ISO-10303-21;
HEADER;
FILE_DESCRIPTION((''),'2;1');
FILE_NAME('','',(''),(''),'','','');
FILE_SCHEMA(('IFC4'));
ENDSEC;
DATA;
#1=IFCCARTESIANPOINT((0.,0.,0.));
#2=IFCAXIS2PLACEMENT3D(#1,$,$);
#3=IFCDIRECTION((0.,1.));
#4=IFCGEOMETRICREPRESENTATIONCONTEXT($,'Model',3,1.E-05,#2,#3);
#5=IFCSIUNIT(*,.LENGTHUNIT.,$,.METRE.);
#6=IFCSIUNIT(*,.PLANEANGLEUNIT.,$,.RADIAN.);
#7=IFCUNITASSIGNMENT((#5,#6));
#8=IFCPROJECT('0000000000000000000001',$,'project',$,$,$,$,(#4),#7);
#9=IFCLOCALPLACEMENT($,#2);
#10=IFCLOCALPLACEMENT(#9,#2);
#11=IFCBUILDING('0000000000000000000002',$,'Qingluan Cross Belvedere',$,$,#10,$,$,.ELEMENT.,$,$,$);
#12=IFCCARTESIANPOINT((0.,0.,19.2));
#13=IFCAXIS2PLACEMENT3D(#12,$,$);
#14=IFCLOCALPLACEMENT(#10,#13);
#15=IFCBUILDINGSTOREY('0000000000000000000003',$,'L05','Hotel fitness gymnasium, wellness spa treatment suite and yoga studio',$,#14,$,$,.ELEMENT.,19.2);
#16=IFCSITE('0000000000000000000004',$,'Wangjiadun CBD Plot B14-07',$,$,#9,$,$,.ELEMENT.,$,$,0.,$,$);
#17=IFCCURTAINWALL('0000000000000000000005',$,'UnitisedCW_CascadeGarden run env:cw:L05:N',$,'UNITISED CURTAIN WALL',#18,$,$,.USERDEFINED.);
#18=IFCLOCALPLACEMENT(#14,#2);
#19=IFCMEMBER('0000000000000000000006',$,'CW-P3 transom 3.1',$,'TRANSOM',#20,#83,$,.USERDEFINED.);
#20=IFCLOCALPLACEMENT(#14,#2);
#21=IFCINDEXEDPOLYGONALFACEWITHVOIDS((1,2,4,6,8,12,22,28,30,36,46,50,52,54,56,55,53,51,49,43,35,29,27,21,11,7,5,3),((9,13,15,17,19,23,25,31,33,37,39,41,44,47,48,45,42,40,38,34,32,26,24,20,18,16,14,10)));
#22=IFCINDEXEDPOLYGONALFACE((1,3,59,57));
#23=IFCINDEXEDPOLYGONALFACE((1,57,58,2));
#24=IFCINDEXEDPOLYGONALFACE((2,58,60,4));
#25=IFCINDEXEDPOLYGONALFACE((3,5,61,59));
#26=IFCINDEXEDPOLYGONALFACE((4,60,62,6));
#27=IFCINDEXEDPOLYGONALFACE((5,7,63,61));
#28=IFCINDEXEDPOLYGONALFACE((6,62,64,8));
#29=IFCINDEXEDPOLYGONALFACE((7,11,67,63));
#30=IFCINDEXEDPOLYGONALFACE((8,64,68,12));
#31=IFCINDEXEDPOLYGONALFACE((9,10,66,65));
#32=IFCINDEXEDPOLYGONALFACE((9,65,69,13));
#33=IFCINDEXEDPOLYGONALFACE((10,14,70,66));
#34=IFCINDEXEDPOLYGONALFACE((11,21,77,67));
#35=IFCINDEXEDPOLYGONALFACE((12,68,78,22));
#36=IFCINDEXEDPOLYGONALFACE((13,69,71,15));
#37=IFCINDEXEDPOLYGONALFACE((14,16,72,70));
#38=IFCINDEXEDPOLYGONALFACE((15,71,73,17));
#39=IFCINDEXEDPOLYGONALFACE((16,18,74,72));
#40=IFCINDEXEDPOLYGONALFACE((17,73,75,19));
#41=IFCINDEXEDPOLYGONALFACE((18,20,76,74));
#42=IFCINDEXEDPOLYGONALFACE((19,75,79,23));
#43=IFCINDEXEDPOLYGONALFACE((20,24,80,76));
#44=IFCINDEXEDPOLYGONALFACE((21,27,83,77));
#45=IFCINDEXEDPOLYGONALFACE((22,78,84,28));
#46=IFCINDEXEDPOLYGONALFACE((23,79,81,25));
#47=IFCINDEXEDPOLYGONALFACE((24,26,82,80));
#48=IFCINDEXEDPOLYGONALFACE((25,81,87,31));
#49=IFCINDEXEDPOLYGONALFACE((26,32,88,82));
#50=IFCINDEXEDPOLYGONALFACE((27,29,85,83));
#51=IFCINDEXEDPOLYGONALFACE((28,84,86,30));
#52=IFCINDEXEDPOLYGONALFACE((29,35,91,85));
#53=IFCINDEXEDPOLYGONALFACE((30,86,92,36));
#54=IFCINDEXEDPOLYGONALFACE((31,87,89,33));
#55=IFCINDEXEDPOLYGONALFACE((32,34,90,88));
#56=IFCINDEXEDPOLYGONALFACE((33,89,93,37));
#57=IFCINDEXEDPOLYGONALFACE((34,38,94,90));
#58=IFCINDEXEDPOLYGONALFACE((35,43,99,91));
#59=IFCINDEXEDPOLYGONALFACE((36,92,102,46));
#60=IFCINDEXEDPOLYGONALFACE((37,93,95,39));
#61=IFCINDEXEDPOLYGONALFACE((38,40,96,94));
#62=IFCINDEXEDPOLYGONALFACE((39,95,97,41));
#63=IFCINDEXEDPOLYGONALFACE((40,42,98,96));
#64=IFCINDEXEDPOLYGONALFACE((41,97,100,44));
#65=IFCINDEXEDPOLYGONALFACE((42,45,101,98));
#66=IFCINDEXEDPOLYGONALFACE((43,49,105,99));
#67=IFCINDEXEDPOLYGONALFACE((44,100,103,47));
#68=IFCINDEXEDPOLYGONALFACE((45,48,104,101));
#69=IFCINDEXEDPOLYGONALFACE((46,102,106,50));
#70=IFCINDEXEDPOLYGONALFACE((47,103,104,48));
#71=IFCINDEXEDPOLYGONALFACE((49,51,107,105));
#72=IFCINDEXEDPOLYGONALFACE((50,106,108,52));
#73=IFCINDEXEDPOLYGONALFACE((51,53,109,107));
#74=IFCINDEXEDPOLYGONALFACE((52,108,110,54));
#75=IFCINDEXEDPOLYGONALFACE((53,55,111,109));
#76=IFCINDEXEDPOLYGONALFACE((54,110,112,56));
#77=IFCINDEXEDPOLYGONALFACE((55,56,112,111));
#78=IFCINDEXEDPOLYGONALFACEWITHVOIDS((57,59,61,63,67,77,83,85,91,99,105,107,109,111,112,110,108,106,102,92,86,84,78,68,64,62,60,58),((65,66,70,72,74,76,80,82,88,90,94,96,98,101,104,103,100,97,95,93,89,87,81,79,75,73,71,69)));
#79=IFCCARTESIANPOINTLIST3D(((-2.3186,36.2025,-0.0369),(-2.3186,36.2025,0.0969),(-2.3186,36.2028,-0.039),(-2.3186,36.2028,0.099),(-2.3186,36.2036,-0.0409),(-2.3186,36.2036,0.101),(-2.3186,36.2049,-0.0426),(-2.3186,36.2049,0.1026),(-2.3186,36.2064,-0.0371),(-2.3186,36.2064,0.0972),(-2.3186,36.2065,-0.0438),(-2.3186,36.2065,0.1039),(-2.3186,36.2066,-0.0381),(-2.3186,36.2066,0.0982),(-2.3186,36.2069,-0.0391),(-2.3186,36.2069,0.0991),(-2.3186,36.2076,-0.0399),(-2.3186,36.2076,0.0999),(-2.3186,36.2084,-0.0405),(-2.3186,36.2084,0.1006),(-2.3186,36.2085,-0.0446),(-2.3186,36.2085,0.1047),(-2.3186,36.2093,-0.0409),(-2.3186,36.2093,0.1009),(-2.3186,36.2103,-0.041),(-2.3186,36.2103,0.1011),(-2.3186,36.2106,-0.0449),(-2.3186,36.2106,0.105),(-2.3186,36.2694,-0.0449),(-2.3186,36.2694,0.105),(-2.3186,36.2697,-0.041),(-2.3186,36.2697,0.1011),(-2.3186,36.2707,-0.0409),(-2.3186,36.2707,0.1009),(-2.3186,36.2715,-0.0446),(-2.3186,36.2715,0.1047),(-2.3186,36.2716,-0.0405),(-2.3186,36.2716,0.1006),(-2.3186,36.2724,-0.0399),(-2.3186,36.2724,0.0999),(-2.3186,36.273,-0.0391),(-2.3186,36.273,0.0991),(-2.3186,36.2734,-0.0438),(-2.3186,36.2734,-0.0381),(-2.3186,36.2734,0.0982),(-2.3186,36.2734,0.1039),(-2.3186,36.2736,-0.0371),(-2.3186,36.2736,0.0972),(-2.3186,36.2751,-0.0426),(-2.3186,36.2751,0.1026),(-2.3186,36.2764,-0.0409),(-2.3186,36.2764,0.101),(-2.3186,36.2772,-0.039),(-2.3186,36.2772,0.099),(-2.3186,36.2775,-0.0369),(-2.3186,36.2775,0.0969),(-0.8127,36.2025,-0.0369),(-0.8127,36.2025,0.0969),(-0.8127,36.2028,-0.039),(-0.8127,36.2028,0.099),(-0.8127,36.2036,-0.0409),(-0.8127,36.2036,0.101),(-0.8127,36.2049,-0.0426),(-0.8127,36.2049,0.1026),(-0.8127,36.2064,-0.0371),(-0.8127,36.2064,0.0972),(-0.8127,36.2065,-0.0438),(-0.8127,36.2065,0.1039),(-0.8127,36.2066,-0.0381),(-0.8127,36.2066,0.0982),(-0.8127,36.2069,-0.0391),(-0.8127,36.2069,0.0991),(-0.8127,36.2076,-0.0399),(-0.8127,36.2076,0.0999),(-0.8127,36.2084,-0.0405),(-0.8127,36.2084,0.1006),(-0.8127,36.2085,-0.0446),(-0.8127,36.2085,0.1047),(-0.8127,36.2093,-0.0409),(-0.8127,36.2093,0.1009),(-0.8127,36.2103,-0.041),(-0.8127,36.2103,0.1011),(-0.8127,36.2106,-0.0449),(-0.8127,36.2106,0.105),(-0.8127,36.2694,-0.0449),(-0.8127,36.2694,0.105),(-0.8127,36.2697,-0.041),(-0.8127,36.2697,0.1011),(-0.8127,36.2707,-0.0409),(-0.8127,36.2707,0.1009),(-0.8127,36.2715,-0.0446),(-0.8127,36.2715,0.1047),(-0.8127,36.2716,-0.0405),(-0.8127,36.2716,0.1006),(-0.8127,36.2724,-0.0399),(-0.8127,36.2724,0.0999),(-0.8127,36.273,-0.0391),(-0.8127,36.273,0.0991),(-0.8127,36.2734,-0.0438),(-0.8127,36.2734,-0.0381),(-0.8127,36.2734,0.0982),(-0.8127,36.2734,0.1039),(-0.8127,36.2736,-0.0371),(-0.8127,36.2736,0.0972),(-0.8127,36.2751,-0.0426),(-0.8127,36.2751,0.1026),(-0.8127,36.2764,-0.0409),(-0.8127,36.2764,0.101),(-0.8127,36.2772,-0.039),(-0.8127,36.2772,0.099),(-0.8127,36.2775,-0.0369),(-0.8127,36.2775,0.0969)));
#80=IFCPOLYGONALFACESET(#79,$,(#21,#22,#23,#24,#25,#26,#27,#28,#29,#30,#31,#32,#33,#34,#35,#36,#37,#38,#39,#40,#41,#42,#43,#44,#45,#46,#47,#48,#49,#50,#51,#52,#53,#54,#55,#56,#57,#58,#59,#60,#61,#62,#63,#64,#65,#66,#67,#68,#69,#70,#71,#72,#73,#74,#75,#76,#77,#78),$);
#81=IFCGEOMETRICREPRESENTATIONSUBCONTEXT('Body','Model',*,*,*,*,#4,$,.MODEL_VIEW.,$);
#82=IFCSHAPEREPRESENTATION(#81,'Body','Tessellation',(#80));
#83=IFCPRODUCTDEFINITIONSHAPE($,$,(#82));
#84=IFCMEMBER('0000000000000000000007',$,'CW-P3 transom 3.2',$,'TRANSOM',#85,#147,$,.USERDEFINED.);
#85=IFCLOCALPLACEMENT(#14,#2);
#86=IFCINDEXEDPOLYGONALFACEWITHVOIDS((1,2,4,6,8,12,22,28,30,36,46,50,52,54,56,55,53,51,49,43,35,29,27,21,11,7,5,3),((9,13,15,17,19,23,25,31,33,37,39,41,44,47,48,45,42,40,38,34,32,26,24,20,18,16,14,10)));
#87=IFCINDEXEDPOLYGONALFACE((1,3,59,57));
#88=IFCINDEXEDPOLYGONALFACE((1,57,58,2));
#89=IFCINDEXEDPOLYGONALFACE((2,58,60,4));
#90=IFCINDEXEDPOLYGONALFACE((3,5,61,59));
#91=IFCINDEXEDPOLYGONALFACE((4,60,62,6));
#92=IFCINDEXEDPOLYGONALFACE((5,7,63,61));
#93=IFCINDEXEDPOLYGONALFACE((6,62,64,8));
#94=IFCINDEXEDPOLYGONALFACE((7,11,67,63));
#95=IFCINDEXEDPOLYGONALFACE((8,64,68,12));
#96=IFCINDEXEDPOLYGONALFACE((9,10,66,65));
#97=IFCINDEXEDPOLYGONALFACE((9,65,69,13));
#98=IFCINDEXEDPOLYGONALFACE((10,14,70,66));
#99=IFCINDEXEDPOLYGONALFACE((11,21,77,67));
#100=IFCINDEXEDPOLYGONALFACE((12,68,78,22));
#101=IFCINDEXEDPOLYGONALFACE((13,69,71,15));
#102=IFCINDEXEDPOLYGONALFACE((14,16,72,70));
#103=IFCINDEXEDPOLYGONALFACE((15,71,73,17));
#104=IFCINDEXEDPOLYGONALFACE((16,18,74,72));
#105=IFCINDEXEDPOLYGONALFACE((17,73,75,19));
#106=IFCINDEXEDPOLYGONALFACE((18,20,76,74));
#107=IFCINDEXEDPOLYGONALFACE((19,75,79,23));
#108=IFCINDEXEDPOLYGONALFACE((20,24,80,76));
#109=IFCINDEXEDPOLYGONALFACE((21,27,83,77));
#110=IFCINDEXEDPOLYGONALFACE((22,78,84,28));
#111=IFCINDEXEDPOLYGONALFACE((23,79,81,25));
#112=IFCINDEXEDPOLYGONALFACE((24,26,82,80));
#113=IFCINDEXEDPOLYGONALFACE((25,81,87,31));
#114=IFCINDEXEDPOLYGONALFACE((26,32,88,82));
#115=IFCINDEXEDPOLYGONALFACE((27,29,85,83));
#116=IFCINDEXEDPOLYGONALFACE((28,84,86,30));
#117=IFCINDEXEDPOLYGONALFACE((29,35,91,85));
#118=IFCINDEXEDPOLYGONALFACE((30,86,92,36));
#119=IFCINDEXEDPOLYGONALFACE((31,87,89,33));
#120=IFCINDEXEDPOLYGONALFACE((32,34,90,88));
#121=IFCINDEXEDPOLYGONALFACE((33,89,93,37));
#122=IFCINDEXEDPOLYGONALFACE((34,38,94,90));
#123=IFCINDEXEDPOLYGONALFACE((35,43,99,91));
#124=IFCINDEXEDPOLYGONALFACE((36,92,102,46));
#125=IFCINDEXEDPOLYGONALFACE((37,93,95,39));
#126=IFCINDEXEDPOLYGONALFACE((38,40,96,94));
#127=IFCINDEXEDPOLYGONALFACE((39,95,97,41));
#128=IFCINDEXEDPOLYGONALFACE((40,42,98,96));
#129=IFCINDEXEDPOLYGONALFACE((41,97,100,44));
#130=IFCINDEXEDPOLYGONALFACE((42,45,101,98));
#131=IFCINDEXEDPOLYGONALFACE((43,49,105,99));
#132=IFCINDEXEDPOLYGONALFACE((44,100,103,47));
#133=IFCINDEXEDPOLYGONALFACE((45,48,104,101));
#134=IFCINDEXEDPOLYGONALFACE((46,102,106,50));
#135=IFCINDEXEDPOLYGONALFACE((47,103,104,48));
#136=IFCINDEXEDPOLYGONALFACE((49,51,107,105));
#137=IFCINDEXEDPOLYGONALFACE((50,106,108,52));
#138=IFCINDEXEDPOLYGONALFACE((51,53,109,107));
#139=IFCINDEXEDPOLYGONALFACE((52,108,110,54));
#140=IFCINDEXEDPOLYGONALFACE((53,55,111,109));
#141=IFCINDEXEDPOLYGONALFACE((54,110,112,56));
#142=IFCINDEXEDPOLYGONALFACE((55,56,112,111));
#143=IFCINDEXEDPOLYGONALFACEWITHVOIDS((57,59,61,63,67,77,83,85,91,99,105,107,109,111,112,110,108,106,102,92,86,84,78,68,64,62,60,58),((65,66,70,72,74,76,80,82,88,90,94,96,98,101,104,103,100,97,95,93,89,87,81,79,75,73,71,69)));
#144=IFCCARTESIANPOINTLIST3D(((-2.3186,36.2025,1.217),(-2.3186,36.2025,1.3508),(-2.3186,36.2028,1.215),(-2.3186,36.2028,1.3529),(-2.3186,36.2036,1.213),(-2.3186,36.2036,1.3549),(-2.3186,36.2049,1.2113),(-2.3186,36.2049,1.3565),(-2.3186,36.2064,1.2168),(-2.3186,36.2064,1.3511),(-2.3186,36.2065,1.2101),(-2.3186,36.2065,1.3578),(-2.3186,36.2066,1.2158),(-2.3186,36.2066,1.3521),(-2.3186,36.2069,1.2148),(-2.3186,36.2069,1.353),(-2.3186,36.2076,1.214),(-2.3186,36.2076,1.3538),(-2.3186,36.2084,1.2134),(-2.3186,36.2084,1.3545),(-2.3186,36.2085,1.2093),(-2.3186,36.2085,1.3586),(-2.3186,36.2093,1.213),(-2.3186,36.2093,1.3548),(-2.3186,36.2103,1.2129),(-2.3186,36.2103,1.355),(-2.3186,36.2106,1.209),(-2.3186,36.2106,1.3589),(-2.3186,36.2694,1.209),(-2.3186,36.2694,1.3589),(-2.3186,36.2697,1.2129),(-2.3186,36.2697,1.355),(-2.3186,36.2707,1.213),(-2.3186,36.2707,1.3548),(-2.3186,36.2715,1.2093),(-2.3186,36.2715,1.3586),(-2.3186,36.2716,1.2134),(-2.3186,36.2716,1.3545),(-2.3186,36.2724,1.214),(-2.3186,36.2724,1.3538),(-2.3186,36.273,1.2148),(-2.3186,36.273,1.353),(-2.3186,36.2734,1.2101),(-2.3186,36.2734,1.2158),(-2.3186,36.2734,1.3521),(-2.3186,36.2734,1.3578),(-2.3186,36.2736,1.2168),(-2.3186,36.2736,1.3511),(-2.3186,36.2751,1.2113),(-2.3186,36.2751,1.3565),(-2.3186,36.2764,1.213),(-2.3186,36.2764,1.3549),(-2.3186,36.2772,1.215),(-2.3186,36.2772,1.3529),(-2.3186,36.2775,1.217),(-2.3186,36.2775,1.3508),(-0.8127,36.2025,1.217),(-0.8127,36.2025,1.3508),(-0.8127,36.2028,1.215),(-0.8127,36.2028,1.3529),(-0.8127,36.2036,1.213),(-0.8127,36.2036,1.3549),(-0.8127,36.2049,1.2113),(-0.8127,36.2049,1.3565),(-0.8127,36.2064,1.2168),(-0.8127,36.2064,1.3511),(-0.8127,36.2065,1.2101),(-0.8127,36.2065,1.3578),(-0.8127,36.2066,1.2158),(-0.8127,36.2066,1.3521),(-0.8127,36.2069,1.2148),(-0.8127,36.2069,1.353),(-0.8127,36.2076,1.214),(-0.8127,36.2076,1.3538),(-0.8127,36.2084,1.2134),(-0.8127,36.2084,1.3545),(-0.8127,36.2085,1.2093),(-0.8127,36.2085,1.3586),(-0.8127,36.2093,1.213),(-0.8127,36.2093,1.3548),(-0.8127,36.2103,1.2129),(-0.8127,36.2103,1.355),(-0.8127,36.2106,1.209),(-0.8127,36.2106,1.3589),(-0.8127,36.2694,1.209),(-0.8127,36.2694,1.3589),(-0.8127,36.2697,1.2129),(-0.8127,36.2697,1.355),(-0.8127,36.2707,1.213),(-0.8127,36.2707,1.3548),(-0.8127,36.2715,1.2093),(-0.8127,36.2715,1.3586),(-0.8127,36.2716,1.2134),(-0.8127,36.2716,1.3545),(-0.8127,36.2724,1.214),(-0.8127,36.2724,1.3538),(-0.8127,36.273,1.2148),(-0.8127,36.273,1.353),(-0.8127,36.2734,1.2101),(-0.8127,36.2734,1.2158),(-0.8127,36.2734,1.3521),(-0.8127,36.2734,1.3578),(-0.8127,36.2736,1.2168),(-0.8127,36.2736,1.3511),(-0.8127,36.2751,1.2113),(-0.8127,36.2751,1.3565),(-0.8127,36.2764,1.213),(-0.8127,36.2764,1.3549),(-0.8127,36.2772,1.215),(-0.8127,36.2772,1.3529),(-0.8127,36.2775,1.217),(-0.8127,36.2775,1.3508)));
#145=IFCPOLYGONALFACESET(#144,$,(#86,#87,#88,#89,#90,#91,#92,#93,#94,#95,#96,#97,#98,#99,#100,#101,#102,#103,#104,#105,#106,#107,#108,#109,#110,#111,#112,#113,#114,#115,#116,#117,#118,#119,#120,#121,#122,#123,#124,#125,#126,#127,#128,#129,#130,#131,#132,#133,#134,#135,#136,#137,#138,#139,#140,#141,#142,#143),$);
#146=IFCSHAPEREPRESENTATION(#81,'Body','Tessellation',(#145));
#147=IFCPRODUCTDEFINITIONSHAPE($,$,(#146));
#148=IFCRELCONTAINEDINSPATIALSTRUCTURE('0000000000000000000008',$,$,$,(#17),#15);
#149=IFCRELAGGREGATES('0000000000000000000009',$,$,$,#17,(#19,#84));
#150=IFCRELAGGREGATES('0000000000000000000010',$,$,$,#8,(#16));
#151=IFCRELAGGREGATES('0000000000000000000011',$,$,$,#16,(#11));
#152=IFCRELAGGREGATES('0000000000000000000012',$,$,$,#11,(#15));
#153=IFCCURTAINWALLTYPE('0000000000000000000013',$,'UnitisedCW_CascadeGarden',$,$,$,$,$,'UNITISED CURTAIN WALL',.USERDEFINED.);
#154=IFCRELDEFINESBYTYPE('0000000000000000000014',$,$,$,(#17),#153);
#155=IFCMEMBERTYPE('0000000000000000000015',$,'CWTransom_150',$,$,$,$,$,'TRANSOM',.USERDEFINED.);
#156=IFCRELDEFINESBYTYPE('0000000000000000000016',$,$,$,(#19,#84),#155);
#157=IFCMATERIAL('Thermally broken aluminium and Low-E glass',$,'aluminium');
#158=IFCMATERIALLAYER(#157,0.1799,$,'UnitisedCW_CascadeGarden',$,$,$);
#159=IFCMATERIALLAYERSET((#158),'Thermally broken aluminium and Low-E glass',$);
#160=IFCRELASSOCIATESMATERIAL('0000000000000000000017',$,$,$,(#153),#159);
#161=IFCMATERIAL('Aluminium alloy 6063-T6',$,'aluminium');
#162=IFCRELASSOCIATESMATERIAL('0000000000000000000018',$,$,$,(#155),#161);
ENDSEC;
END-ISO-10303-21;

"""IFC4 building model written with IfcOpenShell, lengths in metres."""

from ifc_helpers import new_model, si_unit, direction, frame, origin, origin_2d, place, context, subcontext, project, spatial, hollow_rectangle, extrude, material, layer, layer_set, material_profile, profile_set, type_object, element, aggregate, save


model = new_model("IFC4")

# Units and contexts
model_context = context("Model", 3, precision=1e-05, world=origin(), true_north=direction((0.0, 1.0)))
body_context = subcontext(model_context, "Body", "Model", "MODEL_VIEW")
ifc_project = project(units=[si_unit("LENGTHUNIT", "METRE"), si_unit("PLANEANGLEUNIT", "RADIAN")], contexts=[model_context])

# Site, building, storey
site_placement = place(None, origin())
site = spatial("IfcSite", under=ifc_project, at=site_placement, Name="Wangjiadun CBD Plot B14-07", CompositionType="ELEMENT", RefElevation=0.0)
building_placement = place(site_placement, origin())
building = spatial("IfcBuilding", under=site, at=building_placement, Name="Qingluan Cross Belvedere", CompositionType="ELEMENT")
storey_placement = place(building_placement, frame((0.0, 0.0, 19.2)))
storey = spatial("IfcBuildingStorey", under=building, at=storey_placement, Name="L05", Description="Hotel fitness gymnasium, wellness spa treatment suite and yoga studio", CompositionType="ELEMENT", Elevation=19.2)

# Curtain wall, members
ifc_material_1 = material(Name="Thermally broken aluminium and Low-E glass", Category="aluminium")
ifc_layer_1 = layer(ifc_material_1, 0.1799, Name="UnitisedCW_CascadeGarden")
ifc_layer_set_1 = layer_set([ifc_layer_1], Name="Thermally broken aluminium and Low-E glass")
curtain_wall_type = type_object("IfcCurtainWallType", Name="UnitisedCW_CascadeGarden", ElementType="UNITISED CURTAIN WALL", PredefinedType="USERDEFINED", material=ifc_layer_set_1)
curtain_wall_placement = place(storey_placement, origin())
curtain_wall = element("IfcCurtainWall", 1, at=curtain_wall_placement, inside=storey, type_object=curtain_wall_type, Name="UnitisedCW_CascadeGarden run env:cw:L05:N", ObjectType="UNITISED CURTAIN WALL", PredefinedType="USERDEFINED")
ifc_material_2 = material(Name="Aluminium alloy 6063-T6", Category="aluminium")
ifc_material_profile_1 = material_profile(ifc_material_2, hollow_rectangle(XDim=0.075, YDim=0.1499, WallThickness=0.0039, InnerFilletRadius=0.0039, OuterFilletRadius=0.0081, at=origin_2d()), Name="CWT150x75x4")
ifc_profile_set_1 = profile_set([ifc_material_profile_1], Name="Aluminium alloy 6063-T6")
member_type_1 = type_object("IfcMemberType", Name="CWTransom_150", ElementType="TRANSOM", PredefinedType="USERDEFINED", material=ifc_profile_set_1)
member_1_placement = place(storey_placement, frame((-2.3186, 36.24, 0.03), z_axis=(1.0, 0.0, 0.0), x_axis=(0.0, 1.0, 0.0)))
member_1 = element("IfcMember", 2, at=member_1_placement, type_object=member_type_1, Name="CW-P3 transom 3.1", ObjectType="TRANSOM", PredefinedType="USERDEFINED", context=body_context, shape_type="SweptSolid", body=[
    extrude(hollow_rectangle(XDim=0.075, YDim=0.1499, WallThickness=0.0039, InnerFilletRadius=0.0039, OuterFilletRadius=0.0081, at=origin_2d()), origin(), (0.0, 0.0, 1.0), 1.5059),
])
member_2_placement = place(storey_placement, frame((-2.3186, 36.24, 1.2839), z_axis=(1.0, 0.0, 0.0), x_axis=(0.0, 1.0, 0.0)))
member_2 = element("IfcMember", 3, at=member_2_placement, type_object=member_type_1, Name="CW-P3 transom 3.2", ObjectType="TRANSOM", PredefinedType="USERDEFINED", context=body_context, shape_type="SweptSolid", body=[
    extrude(hollow_rectangle(XDim=0.075, YDim=0.1499, WallThickness=0.0039, InnerFilletRadius=0.0039, OuterFilletRadius=0.0081, at=origin_2d()), origin(), (0.0, 0.0, 1.0), 1.5059),
])

aggregate(curtain_wall, [member_1, member_2])

save(model, "model.ifc")
